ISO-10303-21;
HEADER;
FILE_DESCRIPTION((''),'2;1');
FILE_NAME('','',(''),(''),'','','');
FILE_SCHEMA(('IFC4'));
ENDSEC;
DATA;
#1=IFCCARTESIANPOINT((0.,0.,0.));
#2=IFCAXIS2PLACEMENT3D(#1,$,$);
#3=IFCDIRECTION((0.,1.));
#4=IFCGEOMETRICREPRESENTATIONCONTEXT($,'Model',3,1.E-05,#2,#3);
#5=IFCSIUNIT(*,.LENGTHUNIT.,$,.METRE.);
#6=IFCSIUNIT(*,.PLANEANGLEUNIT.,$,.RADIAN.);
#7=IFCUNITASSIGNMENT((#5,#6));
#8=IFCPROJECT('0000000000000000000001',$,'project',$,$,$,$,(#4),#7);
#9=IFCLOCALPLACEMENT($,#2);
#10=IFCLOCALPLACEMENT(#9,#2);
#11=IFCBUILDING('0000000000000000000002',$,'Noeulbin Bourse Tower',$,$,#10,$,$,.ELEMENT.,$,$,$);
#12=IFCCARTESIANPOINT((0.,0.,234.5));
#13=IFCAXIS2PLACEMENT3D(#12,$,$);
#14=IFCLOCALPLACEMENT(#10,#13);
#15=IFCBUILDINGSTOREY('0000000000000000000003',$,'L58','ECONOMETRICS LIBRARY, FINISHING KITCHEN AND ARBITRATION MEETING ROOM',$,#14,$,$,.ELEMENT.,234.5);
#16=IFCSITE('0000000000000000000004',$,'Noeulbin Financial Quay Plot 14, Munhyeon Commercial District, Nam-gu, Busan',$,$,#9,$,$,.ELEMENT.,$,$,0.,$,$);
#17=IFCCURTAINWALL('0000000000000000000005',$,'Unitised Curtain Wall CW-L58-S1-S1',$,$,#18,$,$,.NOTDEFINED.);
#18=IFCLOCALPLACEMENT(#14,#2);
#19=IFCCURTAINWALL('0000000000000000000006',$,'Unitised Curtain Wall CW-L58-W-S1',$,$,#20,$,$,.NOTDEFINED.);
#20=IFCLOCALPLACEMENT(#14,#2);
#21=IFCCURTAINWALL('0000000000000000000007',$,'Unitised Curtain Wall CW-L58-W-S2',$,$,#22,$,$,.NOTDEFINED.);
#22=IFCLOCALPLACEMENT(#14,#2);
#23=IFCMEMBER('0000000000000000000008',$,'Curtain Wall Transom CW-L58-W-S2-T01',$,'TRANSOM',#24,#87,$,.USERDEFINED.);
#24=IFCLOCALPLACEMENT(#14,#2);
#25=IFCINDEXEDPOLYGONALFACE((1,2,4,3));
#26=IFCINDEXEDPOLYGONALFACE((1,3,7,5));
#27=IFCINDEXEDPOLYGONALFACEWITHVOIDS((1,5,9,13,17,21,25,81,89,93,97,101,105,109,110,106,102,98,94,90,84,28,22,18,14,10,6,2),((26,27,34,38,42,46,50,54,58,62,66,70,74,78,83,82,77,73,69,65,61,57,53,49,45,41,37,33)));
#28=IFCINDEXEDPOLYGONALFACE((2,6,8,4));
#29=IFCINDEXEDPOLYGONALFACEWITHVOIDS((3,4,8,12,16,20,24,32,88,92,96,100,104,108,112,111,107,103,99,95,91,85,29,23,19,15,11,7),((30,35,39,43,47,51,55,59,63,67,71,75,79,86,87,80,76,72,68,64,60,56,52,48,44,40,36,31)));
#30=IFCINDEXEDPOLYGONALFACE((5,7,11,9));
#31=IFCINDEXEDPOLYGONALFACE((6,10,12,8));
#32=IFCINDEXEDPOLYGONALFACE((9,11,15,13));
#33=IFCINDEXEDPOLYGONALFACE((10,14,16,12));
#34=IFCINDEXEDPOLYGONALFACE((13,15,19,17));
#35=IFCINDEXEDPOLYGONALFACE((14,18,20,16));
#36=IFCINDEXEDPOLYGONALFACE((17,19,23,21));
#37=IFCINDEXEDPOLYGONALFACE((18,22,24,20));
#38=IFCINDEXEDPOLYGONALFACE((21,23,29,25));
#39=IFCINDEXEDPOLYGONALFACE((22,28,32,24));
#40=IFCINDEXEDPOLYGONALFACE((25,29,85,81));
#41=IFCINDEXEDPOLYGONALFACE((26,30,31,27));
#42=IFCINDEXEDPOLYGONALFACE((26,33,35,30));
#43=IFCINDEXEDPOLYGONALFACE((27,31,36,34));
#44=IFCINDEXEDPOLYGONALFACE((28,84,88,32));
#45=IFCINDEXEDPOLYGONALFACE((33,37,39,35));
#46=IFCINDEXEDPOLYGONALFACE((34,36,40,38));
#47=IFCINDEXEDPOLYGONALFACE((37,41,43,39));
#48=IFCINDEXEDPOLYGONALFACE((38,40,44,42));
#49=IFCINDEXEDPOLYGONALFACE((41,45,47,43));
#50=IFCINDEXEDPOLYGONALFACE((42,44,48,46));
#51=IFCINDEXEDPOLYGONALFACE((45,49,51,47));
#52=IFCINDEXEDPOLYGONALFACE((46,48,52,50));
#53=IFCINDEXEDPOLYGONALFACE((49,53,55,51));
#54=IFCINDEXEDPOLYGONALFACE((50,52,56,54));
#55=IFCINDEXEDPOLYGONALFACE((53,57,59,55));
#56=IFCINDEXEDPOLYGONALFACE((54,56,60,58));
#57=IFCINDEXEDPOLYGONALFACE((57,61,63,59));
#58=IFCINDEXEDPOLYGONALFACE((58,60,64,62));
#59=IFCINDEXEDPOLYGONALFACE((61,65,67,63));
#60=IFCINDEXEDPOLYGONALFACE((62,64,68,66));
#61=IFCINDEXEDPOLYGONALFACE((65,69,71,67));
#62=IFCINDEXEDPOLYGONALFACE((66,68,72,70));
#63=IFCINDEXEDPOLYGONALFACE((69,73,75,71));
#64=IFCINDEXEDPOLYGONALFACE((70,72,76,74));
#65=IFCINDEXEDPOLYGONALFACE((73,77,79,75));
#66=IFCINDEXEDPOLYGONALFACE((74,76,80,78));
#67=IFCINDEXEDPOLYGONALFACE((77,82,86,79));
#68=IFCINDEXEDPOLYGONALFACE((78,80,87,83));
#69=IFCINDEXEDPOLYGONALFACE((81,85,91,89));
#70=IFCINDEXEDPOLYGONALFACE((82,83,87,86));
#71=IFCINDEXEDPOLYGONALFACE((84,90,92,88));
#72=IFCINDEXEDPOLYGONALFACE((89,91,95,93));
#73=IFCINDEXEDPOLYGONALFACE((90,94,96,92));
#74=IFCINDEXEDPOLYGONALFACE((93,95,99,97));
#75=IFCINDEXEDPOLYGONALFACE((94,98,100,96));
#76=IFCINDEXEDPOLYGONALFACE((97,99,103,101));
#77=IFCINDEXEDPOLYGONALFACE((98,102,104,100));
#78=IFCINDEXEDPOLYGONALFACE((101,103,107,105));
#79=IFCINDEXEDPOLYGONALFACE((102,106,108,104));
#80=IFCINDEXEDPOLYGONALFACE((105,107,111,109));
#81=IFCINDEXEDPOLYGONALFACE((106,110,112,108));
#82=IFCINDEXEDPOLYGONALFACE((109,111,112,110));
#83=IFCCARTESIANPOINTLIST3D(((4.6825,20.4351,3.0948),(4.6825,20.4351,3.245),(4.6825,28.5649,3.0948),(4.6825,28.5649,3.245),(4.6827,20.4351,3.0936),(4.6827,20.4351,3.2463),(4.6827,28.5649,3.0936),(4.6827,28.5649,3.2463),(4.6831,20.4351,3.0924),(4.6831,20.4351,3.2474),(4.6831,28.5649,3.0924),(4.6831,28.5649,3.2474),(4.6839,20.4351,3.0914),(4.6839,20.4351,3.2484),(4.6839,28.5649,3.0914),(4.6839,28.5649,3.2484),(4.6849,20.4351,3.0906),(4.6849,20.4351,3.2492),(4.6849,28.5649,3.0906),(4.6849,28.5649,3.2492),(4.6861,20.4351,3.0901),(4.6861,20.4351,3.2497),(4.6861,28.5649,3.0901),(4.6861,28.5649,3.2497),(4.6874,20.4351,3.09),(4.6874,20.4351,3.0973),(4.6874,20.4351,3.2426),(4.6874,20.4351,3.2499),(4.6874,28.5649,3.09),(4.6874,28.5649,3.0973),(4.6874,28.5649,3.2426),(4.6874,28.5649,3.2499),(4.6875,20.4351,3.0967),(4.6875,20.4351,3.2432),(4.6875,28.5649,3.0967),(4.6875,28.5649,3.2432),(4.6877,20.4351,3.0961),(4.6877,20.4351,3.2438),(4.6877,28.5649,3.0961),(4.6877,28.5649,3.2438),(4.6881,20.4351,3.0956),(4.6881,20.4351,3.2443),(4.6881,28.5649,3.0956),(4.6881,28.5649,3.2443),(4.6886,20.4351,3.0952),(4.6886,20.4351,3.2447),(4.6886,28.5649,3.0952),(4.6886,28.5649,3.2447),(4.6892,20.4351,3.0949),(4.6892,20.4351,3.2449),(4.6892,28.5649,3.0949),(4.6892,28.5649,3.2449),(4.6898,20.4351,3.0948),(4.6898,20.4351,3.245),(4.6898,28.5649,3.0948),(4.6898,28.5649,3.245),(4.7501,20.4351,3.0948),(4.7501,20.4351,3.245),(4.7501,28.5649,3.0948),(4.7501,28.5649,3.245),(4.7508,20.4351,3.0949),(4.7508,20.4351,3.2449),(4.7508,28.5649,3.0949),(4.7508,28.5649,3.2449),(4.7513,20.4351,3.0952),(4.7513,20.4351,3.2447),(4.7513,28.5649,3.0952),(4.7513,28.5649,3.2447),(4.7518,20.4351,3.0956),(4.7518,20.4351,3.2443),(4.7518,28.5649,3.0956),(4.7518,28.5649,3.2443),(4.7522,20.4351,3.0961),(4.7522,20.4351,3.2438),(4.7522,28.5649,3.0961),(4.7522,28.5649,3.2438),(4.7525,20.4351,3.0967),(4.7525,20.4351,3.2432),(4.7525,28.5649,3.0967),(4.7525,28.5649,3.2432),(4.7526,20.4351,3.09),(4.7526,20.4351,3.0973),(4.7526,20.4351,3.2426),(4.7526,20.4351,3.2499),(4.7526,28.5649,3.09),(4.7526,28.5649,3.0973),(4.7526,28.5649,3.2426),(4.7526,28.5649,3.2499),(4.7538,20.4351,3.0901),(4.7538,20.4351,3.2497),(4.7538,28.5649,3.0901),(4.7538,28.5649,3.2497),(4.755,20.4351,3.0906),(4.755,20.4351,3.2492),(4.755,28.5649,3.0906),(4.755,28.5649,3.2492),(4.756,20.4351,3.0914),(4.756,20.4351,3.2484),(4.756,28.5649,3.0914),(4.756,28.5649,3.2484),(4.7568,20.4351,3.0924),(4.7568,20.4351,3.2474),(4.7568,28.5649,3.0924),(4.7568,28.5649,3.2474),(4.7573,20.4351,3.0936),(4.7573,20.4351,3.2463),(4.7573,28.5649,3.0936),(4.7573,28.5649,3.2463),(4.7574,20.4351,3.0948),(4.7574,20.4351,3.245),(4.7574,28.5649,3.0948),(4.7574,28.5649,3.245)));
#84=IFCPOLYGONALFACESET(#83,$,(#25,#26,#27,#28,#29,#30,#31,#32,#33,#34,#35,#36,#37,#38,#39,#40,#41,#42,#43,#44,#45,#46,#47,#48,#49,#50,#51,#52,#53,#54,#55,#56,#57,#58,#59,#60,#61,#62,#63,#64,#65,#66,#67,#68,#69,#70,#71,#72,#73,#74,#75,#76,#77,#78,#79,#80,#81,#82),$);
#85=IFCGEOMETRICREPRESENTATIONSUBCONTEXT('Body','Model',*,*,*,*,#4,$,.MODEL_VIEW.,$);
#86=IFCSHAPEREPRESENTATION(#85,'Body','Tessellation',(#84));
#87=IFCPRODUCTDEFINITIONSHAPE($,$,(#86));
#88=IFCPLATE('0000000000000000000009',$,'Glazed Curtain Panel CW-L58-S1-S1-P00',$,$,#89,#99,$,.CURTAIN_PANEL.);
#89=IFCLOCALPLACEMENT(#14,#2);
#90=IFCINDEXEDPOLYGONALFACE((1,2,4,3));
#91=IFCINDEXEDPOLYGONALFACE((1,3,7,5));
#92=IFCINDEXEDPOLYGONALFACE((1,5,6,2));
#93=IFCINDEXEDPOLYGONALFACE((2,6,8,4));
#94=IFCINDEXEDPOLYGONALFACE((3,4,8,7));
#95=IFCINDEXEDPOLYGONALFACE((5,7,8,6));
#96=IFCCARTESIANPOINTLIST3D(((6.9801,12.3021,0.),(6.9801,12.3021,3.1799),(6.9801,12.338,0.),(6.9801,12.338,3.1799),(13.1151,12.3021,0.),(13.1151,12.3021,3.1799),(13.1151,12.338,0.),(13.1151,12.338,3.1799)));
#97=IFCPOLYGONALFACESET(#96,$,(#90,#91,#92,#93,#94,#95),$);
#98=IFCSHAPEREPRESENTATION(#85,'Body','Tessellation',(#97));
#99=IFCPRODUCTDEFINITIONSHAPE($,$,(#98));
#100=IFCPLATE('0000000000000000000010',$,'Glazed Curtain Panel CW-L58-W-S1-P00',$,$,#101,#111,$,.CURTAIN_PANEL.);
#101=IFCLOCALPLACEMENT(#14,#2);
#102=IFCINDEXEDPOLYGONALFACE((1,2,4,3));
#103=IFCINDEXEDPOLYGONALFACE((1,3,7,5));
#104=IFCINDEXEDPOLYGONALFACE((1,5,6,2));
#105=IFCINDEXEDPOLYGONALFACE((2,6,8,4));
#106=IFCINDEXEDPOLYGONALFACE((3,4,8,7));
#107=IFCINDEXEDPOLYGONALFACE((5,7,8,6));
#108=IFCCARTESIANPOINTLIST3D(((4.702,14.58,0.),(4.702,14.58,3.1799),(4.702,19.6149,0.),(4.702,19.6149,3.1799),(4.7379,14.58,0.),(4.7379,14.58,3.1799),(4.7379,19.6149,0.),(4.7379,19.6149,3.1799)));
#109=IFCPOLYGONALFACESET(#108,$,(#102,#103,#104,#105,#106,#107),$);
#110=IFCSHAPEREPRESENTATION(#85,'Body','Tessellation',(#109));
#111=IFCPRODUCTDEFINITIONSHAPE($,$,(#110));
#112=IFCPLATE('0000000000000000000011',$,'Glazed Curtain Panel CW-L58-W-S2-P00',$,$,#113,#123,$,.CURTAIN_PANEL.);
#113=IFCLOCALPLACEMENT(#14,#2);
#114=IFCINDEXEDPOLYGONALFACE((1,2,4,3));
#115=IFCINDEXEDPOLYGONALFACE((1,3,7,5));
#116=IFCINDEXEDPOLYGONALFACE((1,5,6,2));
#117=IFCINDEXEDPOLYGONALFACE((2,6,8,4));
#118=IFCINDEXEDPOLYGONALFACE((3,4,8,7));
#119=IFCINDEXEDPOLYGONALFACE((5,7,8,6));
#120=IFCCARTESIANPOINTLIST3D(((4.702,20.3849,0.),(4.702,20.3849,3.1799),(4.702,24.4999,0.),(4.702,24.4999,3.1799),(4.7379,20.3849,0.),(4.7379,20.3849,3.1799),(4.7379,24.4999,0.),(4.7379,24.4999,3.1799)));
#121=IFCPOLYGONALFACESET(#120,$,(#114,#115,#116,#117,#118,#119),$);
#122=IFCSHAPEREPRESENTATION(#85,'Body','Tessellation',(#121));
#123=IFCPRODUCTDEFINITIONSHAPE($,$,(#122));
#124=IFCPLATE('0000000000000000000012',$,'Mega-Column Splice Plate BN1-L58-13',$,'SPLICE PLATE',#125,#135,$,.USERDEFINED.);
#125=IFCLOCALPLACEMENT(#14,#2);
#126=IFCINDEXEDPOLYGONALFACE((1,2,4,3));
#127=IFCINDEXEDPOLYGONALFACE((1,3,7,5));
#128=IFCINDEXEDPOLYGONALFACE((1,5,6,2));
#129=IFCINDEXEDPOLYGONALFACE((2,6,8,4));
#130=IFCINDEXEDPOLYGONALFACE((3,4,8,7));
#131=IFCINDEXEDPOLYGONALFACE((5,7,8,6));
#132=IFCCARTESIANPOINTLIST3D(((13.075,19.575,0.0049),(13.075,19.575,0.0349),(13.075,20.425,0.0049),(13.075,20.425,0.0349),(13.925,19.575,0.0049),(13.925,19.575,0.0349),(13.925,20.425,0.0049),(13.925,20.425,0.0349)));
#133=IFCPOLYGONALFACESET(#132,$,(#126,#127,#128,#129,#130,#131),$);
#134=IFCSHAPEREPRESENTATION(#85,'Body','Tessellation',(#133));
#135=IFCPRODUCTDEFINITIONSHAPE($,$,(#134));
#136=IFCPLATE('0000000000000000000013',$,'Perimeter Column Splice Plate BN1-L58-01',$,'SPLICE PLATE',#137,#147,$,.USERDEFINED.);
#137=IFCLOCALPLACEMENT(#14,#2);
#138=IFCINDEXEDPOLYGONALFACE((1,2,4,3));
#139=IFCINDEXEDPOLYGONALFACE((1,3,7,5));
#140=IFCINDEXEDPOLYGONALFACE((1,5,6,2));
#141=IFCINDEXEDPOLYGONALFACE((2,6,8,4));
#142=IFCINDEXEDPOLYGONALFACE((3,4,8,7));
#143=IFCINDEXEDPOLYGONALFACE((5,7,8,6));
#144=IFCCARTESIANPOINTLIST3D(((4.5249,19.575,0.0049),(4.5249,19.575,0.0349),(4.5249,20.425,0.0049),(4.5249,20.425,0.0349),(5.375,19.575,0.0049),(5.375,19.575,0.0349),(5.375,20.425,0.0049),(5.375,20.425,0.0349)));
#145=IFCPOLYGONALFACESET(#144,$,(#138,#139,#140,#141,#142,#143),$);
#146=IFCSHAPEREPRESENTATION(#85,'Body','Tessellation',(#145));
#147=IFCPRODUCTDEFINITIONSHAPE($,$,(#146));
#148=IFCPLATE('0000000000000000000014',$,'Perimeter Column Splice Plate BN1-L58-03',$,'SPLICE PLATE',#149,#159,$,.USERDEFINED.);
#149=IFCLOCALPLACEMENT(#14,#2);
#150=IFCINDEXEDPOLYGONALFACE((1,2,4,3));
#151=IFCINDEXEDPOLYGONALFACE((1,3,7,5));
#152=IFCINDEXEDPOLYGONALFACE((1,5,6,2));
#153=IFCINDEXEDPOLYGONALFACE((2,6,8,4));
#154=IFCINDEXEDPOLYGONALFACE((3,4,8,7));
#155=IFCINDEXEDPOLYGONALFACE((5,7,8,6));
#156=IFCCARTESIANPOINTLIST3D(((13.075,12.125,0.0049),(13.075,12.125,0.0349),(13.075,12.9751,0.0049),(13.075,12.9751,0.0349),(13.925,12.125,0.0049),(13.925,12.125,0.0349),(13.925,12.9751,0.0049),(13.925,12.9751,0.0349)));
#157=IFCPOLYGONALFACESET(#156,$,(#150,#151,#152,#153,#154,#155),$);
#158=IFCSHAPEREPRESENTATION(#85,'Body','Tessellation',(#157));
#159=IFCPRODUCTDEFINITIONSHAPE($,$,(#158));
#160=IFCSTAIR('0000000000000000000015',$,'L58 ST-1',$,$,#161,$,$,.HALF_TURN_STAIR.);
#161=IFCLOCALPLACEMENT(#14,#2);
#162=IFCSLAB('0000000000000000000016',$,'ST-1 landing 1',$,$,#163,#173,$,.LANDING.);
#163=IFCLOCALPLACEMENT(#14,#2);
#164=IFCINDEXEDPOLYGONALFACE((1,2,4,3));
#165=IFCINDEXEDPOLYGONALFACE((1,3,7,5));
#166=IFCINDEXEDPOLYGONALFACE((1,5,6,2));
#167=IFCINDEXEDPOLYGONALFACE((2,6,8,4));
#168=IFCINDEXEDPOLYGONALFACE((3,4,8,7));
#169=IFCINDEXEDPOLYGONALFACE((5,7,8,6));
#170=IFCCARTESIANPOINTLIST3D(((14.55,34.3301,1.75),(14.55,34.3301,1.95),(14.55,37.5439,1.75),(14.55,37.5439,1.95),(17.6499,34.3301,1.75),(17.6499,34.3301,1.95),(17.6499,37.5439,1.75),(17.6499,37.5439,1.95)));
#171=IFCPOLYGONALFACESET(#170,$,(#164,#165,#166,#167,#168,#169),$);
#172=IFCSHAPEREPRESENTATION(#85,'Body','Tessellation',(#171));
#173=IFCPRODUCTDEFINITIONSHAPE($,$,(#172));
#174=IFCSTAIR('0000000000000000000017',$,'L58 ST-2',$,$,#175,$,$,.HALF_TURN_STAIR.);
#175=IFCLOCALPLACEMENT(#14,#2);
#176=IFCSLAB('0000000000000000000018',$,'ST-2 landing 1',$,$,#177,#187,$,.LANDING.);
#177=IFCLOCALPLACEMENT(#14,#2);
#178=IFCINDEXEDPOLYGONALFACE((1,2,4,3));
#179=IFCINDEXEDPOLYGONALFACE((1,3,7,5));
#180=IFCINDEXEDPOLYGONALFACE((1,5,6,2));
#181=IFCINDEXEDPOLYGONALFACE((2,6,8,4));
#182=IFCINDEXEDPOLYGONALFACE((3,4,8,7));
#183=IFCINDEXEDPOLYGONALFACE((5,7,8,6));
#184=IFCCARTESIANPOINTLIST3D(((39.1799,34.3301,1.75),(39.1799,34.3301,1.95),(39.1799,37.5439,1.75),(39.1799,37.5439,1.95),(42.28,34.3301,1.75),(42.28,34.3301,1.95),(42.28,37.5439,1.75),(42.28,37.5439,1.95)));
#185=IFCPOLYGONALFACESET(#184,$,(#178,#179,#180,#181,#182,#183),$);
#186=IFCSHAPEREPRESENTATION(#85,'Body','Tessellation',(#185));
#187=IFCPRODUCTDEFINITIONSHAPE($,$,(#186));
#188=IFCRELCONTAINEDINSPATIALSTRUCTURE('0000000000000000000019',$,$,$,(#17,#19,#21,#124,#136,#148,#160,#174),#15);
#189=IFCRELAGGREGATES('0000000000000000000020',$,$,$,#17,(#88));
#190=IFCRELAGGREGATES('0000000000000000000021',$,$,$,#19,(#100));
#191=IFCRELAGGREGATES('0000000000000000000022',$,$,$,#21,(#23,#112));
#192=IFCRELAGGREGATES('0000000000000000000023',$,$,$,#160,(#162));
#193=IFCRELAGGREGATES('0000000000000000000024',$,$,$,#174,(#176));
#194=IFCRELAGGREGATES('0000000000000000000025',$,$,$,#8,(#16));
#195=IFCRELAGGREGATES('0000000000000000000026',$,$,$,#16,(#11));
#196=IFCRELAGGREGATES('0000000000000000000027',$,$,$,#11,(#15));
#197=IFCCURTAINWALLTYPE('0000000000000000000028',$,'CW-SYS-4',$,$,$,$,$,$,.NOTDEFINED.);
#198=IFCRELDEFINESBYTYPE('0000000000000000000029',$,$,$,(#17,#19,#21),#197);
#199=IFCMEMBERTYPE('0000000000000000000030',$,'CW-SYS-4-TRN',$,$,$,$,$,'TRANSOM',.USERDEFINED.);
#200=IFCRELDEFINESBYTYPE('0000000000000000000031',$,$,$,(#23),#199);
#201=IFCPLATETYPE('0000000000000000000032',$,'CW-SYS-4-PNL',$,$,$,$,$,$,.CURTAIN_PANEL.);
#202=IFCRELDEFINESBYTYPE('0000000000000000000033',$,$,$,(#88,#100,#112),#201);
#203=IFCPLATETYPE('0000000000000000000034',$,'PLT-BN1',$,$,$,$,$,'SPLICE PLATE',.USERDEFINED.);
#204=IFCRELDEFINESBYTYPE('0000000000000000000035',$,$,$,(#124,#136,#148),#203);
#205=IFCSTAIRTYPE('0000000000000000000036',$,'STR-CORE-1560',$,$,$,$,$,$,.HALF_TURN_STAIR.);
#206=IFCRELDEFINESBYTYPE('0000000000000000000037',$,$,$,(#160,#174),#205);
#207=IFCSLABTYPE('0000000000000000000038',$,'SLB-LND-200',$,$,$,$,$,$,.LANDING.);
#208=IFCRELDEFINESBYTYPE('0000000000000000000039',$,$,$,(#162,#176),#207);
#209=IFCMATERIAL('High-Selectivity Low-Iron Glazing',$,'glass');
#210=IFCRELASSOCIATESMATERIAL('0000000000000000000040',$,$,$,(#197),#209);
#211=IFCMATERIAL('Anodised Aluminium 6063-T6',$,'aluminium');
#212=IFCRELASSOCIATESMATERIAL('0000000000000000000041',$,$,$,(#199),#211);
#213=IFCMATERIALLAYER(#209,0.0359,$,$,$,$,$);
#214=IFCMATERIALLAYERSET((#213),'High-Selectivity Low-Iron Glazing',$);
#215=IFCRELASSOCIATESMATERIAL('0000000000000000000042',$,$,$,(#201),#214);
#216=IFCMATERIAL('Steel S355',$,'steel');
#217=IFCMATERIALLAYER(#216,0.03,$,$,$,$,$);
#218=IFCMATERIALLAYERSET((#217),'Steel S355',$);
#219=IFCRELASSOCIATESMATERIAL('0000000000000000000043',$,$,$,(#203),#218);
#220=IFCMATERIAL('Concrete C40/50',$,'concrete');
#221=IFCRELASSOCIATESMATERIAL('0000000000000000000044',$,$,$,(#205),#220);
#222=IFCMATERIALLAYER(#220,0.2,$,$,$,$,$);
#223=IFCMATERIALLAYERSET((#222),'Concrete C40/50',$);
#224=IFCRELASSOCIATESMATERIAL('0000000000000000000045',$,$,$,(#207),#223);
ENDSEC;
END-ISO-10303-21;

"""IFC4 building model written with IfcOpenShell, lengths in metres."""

from ifc_helpers import new_model, si_unit, direction, frame, origin, origin_2d, place, context, subcontext, project, spatial, polyline, rectangle, hollow_rectangle, outline, extrude, material, layer, layer_set, material_profile, profile_set, type_object, element, aggregate, save


model = new_model("IFC4")

# Units and contexts
model_context = context("Model", 3, precision=1e-05, world=origin(), true_north=direction((0.0, 1.0)))
body_context = subcontext(model_context, "Body", "Model", "MODEL_VIEW")
ifc_project = project(units=[si_unit("LENGTHUNIT", "METRE"), si_unit("PLANEANGLEUNIT", "RADIAN")], contexts=[model_context])

# Site, building, storey
site_placement = place(None, origin())
site = spatial("IfcSite", under=ifc_project, at=site_placement, Name="Noeulbin Financial Quay Plot 14, Munhyeon Commercial District, Nam-gu, Busan", CompositionType="ELEMENT", RefElevation=0.0)
building_placement = place(site_placement, origin())
building = spatial("IfcBuilding", under=site, at=building_placement, Name="Noeulbin Bourse Tower", CompositionType="ELEMENT")
storey_placement = place(building_placement, frame((0.0, 0.0, 234.5)))
storey = spatial("IfcBuildingStorey", under=building, at=storey_placement, Name="L58", Description="ECONOMETRICS LIBRARY, FINISHING KITCHEN AND ARBITRATION MEETING ROOM", CompositionType="ELEMENT", Elevation=234.5)

# Shared definitions
ifc_material_1 = material(Name="Steel S355", Category="steel")

# Curtain walls
ifc_material_2 = material(Name="High-Selectivity Low-Iron Glazing", Category="glass")
curtain_wall_type = type_object("IfcCurtainWallType", Name="CW-SYS-4", PredefinedType="NOTDEFINED", material=ifc_material_2)
curtain_wall_1_placement = place(storey_placement, origin())
curtain_wall_1 = element("IfcCurtainWall", 1, at=curtain_wall_1_placement, inside=storey, type_object=curtain_wall_type, Name="Unitised Curtain Wall CW-L58-S1-S1", PredefinedType="NOTDEFINED")
ifc_material_3 = material(Name="Anodised Aluminium 6063-T6", Category="aluminium")
curtain_wall_2_placement = place(storey_placement, origin())
curtain_wall_2 = element("IfcCurtainWall", 2, at=curtain_wall_2_placement, inside=storey, type_object=curtain_wall_type, Name="Unitised Curtain Wall CW-L58-W-S1", PredefinedType="NOTDEFINED")

# Curtain wall
curtain_wall_3_placement = place(storey_placement, origin())
curtain_wall_3 = element("IfcCurtainWall", 3, at=curtain_wall_3_placement, inside=storey, type_object=curtain_wall_type, Name="Unitised Curtain Wall CW-L58-W-S2", PredefinedType="NOTDEFINED")

# Member
ifc_material_profile_1 = material_profile(ifc_material_3, hollow_rectangle(XDim=0.075, YDim=0.1599, WallThickness=0.0049, InnerFilletRadius=0.0024, OuterFilletRadius=0.0049, at=origin_2d()), Name="ALU-TRAN-75x160x5", Category="LoadBearing")
ifc_profile_set_1 = profile_set([ifc_material_profile_1], Name="Anodised Aluminium 6063-T6")
member_type_1 = type_object("IfcMemberType", Name="CW-SYS-4-TRN", ElementType="TRANSOM", PredefinedType="USERDEFINED", material=ifc_profile_set_1)
member_1_placement = place(storey_placement, frame((4.72, 20.4351, 3.1699), z_axis=(0.0, 1.0, 0.0), x_axis=(-1.0, 0.0, 0.0)))
member_1 = element("IfcMember", 4, at=member_1_placement, type_object=member_type_1, Name="Curtain Wall Transom CW-L58-W-S2-T01", ObjectType="TRANSOM", PredefinedType="USERDEFINED", context=body_context, shape_type="SweptSolid", body=[
    extrude(hollow_rectangle(XDim=0.075, YDim=0.1599, WallThickness=0.0049, InnerFilletRadius=0.0024, OuterFilletRadius=0.0049, at=origin_2d()), origin(), (0.0, 0.0, 1.0), 8.1299),
])

# Plates
ifc_layer_1 = layer(ifc_material_2, 0.0359)
ifc_layer_set_1 = layer_set([ifc_layer_1], Name="High-Selectivity Low-Iron Glazing")
plate_type_1 = type_object("IfcPlateType", Name="CW-SYS-4-PNL", PredefinedType="CURTAIN_PANEL", material=ifc_layer_set_1)
plate_1_placement = place(storey_placement, frame((10.0476, 12.3201, 0.0), z_axis=(0.0, 0.0, 1.0), x_axis=(1.0, 0.0, 0.0)))
plate_1 = element("IfcPlate", 5, at=plate_1_placement, type_object=plate_type_1, Name="Glazed Curtain Panel CW-L58-S1-S1-P00", PredefinedType="CURTAIN_PANEL", context=body_context, shape_type="SweptSolid", body=[
    extrude(rectangle(XDim=6.135, YDim=0.0359, at=origin_2d()), origin(), (0.0, 0.0, 1.0), 3.1799),
])
aggregate(curtain_wall_1, [plate_1])
plate_2_placement = place(storey_placement, frame((4.72, 17.0974, 0.0), z_axis=(0.0, 0.0, 1.0), x_axis=(0.0, 1.0, 0.0)))
plate_2 = element("IfcPlate", 6, at=plate_2_placement, type_object=plate_type_1, Name="Glazed Curtain Panel CW-L58-W-S1-P00", PredefinedType="CURTAIN_PANEL", context=body_context, shape_type="SweptSolid", body=[
    extrude(rectangle(XDim=5.0349, YDim=0.0359, at=origin_2d()), origin(), (0.0, 0.0, 1.0), 3.1799),
])
aggregate(curtain_wall_2, [plate_2])
plate_3_placement = place(storey_placement, frame((4.72, 22.4424, 0.0), z_axis=(0.0, 0.0, 1.0), x_axis=(0.0, 1.0, 0.0)))
plate_3 = element("IfcPlate", 7, at=plate_3_placement, type_object=plate_type_1, Name="Glazed Curtain Panel CW-L58-W-S2-P00", PredefinedType="CURTAIN_PANEL", context=body_context, shape_type="SweptSolid", body=[
    extrude(rectangle(XDim=4.115, YDim=0.0359, at=origin_2d()), origin(), (0.0, 0.0, 1.0), 3.1799),
])
aggregate(curtain_wall_3, [member_1, plate_3])

# Plates
ifc_layer_2 = layer(ifc_material_1, 0.03)
ifc_layer_set_2 = layer_set([ifc_layer_2], Name="Steel S355")
plate_type_2 = type_object("IfcPlateType", Name="PLT-BN1", ElementType="SPLICE PLATE", PredefinedType="USERDEFINED", material=ifc_layer_set_2)
for number, where, z_axis, x_axis, name in (
    (8, (13.5, 20.0, 0.0049), (0.0, 0.0, 1.0), (1.0, 0.0, 0.0), "Mega-Column Splice Plate BN1-L58-13"),
    (9, (4.95, 20.0, 0.0049), (0.0, 0.0, 1.0), (1.0, 0.0, 0.0), "Perimeter Column Splice Plate BN1-L58-01"),
    (10, (13.5, 12.55, 0.0049), (0.0, 0.0, 1.0), (1.0, 0.0, 0.0), "Perimeter Column Splice Plate BN1-L58-03"),
):
    element("IfcPlate", number, at=place(storey_placement, frame(where, z_axis=z_axis, x_axis=x_axis)), inside=storey, type_object=plate_type_2, Name=name, ObjectType="SPLICE PLATE", PredefinedType="USERDEFINED", context=body_context, shape_type="SweptSolid", body=[
        extrude(rectangle(XDim=0.8501, YDim=0.8501, at=origin_2d()), origin(), (0.0, 0.0, 1.0), 0.03),
    ])

# Stairs, slabs
ifc_material_4 = material(Name="Concrete C40/50", Category="concrete")
stair_type = type_object("IfcStairType", Name="STR-CORE-1560", PredefinedType="HALF_TURN_STAIR", material=ifc_material_4)
stair_1_placement = place(storey_placement, origin())
stair_1 = element("IfcStair", 11, at=stair_1_placement, inside=storey, type_object=stair_type, Name="L58 ST-1", PredefinedType="HALF_TURN_STAIR")
ifc_layer_3 = layer(ifc_material_4, 0.2)
ifc_layer_set_3 = layer_set([ifc_layer_3], Name="Concrete C40/50")
slab_type_1 = type_object("IfcSlabType", Name="SLB-LND-200", PredefinedType="LANDING", material=ifc_layer_set_3)
slab_1_placement = place(storey_placement, frame((0.0, 0.0, 1.75)))
slab_1 = element("IfcSlab", 12, at=slab_1_placement, type_object=slab_type_1, Name="ST-1 landing 1", PredefinedType="LANDING", context=body_context, shape_type="SweptSolid", body=[
    extrude(outline(polyline([(17.6499, 34.3301), (17.6499, 37.5439), (14.55, 37.5439), (14.55, 34.3301), (17.6499, 34.3301)])), origin(), (0.0, 0.0, 1.0), 0.2),
])
aggregate(stair_1, [slab_1])
stair_2_placement = place(storey_placement, origin())
stair_2 = element("IfcStair", 13, at=stair_2_placement, inside=storey, type_object=stair_type, Name="L58 ST-2", PredefinedType="HALF_TURN_STAIR")
slab_2_placement = place(storey_placement, frame((0.0, 0.0, 1.75)))
slab_2 = element("IfcSlab", 14, at=slab_2_placement, type_object=slab_type_1, Name="ST-2 landing 1", PredefinedType="LANDING", context=body_context, shape_type="SweptSolid", body=[
    extrude(outline(polyline([(42.28, 34.3301), (42.28, 37.5439), (39.1799, 37.5439), (39.1799, 34.3301), (42.28, 34.3301)])), origin(), (0.0, 0.0, 1.0), 0.2),
])
aggregate(stair_2, [slab_2])

save(model, "model.ifc")
